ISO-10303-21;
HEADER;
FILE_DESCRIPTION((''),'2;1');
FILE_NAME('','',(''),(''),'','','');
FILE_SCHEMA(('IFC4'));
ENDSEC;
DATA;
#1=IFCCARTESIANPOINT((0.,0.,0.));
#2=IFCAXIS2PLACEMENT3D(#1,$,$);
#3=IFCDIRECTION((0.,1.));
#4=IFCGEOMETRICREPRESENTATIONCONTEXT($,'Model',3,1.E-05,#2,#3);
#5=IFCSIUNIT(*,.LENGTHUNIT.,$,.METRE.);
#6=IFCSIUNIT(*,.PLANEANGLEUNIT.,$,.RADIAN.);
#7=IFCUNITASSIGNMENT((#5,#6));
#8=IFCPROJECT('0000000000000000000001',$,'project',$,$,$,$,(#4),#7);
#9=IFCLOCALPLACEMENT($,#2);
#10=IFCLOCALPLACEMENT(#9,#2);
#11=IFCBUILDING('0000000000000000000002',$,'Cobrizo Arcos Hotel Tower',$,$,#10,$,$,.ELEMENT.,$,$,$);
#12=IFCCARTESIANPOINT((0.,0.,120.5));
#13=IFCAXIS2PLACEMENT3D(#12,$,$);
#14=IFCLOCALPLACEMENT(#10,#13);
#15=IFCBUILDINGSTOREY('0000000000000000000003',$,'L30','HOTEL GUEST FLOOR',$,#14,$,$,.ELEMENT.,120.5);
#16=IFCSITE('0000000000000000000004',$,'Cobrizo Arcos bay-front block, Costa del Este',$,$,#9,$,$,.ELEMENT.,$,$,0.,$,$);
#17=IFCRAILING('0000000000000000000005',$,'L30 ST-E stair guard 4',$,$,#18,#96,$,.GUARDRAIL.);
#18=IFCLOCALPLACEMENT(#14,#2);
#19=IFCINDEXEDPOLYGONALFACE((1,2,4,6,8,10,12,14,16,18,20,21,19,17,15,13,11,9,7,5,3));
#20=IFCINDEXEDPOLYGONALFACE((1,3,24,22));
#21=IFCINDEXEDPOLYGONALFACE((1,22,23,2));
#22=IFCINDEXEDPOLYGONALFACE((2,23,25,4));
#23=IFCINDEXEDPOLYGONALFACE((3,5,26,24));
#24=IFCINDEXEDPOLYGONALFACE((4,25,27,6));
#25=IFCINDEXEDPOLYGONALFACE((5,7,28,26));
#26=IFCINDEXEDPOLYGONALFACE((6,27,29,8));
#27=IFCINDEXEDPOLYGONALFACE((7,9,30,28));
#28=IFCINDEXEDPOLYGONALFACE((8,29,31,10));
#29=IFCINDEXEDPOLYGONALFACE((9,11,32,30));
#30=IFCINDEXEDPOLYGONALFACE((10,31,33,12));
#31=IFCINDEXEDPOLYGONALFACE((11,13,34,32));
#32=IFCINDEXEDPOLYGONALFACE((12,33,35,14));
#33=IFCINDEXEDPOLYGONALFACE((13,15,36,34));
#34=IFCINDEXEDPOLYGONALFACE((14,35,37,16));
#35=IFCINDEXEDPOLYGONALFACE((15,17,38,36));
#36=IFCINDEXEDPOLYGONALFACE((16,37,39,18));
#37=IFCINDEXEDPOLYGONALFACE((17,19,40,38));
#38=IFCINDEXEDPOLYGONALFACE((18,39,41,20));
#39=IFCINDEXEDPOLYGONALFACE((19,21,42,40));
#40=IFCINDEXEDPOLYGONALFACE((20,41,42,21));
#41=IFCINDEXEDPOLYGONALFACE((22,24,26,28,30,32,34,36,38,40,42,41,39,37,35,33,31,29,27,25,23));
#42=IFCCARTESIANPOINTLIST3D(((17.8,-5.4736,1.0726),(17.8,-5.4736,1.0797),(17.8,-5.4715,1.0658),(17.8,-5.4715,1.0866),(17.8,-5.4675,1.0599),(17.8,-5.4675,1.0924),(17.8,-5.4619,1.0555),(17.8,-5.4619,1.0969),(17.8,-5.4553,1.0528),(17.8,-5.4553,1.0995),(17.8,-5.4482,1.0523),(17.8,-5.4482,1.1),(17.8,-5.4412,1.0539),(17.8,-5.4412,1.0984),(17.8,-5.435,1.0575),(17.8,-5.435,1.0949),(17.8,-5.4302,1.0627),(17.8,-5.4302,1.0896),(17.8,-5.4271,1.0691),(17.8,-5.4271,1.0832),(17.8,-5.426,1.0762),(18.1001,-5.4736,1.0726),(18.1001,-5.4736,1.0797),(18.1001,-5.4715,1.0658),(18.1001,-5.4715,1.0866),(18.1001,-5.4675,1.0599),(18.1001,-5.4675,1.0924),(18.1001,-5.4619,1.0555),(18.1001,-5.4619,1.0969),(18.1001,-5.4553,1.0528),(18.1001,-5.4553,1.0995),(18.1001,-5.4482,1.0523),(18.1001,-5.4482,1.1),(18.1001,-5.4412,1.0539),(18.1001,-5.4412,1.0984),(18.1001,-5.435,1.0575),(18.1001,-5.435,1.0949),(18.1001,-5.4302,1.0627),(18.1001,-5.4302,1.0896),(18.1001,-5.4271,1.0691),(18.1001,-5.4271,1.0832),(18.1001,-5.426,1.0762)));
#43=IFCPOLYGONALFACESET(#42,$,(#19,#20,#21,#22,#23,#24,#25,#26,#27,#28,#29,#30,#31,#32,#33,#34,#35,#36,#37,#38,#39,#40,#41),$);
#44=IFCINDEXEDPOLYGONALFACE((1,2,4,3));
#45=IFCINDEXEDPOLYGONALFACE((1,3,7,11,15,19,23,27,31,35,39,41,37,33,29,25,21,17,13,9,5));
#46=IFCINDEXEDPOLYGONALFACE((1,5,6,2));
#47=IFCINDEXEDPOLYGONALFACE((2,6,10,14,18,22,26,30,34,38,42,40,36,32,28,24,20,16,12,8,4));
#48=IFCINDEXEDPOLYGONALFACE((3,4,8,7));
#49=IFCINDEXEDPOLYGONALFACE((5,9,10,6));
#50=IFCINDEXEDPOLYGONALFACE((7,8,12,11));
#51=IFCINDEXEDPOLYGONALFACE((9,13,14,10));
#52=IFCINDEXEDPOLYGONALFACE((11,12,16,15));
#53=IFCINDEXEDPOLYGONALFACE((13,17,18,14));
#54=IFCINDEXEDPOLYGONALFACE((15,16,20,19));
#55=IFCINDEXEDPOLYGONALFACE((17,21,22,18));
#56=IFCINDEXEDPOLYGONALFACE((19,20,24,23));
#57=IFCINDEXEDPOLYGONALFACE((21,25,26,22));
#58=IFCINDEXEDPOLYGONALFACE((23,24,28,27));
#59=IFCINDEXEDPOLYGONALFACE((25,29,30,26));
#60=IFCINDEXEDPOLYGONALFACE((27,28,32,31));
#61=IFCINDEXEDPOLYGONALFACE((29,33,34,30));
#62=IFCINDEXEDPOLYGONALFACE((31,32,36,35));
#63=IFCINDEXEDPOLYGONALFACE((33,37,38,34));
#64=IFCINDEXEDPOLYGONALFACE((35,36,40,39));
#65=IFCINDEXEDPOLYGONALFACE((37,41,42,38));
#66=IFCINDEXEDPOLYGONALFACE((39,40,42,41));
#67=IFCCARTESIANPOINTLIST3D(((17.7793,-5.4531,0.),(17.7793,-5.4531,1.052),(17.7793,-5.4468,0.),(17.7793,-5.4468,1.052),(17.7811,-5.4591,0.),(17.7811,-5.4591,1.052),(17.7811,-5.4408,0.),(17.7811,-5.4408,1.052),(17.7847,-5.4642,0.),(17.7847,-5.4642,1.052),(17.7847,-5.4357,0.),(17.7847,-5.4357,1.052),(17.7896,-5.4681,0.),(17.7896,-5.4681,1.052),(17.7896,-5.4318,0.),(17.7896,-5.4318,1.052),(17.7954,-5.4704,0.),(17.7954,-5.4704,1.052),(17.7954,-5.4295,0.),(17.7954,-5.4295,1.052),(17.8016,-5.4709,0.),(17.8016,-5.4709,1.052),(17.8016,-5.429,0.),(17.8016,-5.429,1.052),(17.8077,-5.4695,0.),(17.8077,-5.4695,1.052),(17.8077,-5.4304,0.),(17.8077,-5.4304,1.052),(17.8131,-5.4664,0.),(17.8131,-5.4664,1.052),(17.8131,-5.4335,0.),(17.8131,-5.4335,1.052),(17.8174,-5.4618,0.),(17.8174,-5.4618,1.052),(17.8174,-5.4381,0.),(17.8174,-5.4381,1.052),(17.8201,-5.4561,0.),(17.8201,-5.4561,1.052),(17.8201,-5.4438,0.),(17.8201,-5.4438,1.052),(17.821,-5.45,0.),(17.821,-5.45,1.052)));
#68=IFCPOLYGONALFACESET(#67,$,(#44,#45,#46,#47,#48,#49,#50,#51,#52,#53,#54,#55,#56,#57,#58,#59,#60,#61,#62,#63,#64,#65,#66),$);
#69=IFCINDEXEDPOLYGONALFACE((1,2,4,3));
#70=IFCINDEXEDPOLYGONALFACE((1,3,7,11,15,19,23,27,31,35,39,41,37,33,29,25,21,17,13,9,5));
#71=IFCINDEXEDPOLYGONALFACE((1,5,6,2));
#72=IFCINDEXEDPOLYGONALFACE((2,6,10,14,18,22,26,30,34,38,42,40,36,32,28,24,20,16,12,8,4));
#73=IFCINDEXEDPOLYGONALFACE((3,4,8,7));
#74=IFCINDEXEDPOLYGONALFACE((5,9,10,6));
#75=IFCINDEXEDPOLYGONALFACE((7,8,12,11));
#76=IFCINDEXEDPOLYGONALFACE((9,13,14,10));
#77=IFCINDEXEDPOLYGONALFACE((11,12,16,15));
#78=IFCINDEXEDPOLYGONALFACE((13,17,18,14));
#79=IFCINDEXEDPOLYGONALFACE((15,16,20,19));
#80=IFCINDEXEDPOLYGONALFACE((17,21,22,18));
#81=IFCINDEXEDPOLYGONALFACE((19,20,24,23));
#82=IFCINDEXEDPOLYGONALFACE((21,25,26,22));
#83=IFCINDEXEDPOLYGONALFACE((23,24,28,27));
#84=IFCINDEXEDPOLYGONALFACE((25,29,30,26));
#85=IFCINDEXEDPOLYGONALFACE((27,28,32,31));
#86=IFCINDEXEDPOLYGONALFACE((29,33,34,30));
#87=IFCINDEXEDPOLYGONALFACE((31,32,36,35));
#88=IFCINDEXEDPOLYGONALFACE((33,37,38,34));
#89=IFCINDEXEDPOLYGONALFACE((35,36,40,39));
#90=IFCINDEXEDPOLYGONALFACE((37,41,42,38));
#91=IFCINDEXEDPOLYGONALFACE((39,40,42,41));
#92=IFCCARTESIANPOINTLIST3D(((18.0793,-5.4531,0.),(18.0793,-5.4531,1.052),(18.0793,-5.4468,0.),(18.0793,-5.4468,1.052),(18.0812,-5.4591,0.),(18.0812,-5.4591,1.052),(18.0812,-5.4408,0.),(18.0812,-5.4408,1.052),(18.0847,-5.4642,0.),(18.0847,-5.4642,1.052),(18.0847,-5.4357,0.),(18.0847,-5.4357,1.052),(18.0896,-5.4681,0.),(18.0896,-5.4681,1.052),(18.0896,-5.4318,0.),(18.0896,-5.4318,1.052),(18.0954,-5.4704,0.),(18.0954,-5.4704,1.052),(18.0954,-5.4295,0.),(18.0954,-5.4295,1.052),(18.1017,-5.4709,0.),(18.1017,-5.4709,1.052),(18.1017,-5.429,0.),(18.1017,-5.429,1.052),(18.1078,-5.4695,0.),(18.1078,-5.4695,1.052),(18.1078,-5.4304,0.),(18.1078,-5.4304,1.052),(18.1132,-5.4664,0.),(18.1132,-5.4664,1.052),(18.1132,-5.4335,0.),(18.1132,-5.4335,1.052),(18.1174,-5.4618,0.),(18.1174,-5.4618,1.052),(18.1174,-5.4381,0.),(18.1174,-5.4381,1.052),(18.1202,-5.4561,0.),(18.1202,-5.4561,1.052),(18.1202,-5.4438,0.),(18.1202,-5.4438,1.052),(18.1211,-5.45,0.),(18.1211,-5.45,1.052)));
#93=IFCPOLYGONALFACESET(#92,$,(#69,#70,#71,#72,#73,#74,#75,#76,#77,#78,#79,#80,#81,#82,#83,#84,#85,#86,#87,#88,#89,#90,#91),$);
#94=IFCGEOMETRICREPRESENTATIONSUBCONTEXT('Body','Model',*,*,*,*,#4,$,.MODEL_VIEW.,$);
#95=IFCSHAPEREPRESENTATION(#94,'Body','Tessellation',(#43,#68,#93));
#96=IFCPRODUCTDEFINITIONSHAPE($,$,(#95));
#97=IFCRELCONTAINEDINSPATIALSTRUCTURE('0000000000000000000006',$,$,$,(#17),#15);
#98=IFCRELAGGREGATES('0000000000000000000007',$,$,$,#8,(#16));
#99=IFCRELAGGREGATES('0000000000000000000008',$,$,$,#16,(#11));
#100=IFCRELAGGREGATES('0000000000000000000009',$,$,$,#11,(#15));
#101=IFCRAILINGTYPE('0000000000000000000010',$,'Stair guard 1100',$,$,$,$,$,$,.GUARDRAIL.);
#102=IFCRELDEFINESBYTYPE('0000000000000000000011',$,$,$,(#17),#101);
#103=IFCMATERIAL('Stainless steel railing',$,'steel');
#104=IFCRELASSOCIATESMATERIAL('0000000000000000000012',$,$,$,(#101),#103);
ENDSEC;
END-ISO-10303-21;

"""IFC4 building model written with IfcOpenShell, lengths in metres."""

from ifc_helpers import new_model, si_unit, direction, frame, origin, origin_2d, place, context, subcontext, project, spatial, circle, extrude, material, type_object, element, save


model = new_model("IFC4")

# Units and contexts
model_context = context("Model", 3, precision=1e-05, world=origin(), true_north=direction((0.0, 1.0)))
body_context = subcontext(model_context, "Body", "Model", "MODEL_VIEW")
ifc_project = project(units=[si_unit("LENGTHUNIT", "METRE"), si_unit("PLANEANGLEUNIT", "RADIAN")], contexts=[model_context])

# Site, building, storey
site_placement = place(None, origin())
site = spatial("IfcSite", under=ifc_project, at=site_placement, Name="Cobrizo Arcos bay-front block, Costa del Este", CompositionType="ELEMENT", RefElevation=0.0)
building_placement = place(site_placement, origin())
building = spatial("IfcBuilding", under=site, at=building_placement, Name="Cobrizo Arcos Hotel Tower", CompositionType="ELEMENT")
storey_placement = place(building_placement, frame((0.0, 0.0, 120.5)))
storey = spatial("IfcBuildingStorey", under=building, at=storey_placement, Name="L30", Description="HOTEL GUEST FLOOR", CompositionType="ELEMENT", Elevation=120.5)

# Railing
ifc_material_1 = material(Name="Stainless steel railing", Category="steel")
railing_type_1 = type_object("IfcRailingType", Name="Stair guard 1100", PredefinedType="GUARDRAIL", material=ifc_material_1)
railing_1_placement = place(storey_placement, frame((17.8, -5.45, 0.0)))
element("IfcRailing", 1, at=railing_1_placement, inside=storey, type_object=railing_type_1, Name="L30 ST-E stair guard 4", PredefinedType="GUARDRAIL", context=body_context, shape_type="SweptSolid", body=[
    extrude(circle(Radius=0.0239, at=origin_2d()), frame((0.0, 0.0, 1.0762), z_axis=(1.0, 0.0, 0.0), x_axis=(0.0, 1.0, 0.0)), (0.0, 0.0, 1.0), 0.3),
    extrude(circle(Radius=0.021, at=origin_2d()), origin(), (0.0, 0.0, 1.0), 1.052),
    extrude(circle(Radius=0.021, at=origin_2d()), frame((0.3, 0.0, 0.0)), (0.0, 0.0, 1.0), 1.052),
])

save(model, "model.ifc")
